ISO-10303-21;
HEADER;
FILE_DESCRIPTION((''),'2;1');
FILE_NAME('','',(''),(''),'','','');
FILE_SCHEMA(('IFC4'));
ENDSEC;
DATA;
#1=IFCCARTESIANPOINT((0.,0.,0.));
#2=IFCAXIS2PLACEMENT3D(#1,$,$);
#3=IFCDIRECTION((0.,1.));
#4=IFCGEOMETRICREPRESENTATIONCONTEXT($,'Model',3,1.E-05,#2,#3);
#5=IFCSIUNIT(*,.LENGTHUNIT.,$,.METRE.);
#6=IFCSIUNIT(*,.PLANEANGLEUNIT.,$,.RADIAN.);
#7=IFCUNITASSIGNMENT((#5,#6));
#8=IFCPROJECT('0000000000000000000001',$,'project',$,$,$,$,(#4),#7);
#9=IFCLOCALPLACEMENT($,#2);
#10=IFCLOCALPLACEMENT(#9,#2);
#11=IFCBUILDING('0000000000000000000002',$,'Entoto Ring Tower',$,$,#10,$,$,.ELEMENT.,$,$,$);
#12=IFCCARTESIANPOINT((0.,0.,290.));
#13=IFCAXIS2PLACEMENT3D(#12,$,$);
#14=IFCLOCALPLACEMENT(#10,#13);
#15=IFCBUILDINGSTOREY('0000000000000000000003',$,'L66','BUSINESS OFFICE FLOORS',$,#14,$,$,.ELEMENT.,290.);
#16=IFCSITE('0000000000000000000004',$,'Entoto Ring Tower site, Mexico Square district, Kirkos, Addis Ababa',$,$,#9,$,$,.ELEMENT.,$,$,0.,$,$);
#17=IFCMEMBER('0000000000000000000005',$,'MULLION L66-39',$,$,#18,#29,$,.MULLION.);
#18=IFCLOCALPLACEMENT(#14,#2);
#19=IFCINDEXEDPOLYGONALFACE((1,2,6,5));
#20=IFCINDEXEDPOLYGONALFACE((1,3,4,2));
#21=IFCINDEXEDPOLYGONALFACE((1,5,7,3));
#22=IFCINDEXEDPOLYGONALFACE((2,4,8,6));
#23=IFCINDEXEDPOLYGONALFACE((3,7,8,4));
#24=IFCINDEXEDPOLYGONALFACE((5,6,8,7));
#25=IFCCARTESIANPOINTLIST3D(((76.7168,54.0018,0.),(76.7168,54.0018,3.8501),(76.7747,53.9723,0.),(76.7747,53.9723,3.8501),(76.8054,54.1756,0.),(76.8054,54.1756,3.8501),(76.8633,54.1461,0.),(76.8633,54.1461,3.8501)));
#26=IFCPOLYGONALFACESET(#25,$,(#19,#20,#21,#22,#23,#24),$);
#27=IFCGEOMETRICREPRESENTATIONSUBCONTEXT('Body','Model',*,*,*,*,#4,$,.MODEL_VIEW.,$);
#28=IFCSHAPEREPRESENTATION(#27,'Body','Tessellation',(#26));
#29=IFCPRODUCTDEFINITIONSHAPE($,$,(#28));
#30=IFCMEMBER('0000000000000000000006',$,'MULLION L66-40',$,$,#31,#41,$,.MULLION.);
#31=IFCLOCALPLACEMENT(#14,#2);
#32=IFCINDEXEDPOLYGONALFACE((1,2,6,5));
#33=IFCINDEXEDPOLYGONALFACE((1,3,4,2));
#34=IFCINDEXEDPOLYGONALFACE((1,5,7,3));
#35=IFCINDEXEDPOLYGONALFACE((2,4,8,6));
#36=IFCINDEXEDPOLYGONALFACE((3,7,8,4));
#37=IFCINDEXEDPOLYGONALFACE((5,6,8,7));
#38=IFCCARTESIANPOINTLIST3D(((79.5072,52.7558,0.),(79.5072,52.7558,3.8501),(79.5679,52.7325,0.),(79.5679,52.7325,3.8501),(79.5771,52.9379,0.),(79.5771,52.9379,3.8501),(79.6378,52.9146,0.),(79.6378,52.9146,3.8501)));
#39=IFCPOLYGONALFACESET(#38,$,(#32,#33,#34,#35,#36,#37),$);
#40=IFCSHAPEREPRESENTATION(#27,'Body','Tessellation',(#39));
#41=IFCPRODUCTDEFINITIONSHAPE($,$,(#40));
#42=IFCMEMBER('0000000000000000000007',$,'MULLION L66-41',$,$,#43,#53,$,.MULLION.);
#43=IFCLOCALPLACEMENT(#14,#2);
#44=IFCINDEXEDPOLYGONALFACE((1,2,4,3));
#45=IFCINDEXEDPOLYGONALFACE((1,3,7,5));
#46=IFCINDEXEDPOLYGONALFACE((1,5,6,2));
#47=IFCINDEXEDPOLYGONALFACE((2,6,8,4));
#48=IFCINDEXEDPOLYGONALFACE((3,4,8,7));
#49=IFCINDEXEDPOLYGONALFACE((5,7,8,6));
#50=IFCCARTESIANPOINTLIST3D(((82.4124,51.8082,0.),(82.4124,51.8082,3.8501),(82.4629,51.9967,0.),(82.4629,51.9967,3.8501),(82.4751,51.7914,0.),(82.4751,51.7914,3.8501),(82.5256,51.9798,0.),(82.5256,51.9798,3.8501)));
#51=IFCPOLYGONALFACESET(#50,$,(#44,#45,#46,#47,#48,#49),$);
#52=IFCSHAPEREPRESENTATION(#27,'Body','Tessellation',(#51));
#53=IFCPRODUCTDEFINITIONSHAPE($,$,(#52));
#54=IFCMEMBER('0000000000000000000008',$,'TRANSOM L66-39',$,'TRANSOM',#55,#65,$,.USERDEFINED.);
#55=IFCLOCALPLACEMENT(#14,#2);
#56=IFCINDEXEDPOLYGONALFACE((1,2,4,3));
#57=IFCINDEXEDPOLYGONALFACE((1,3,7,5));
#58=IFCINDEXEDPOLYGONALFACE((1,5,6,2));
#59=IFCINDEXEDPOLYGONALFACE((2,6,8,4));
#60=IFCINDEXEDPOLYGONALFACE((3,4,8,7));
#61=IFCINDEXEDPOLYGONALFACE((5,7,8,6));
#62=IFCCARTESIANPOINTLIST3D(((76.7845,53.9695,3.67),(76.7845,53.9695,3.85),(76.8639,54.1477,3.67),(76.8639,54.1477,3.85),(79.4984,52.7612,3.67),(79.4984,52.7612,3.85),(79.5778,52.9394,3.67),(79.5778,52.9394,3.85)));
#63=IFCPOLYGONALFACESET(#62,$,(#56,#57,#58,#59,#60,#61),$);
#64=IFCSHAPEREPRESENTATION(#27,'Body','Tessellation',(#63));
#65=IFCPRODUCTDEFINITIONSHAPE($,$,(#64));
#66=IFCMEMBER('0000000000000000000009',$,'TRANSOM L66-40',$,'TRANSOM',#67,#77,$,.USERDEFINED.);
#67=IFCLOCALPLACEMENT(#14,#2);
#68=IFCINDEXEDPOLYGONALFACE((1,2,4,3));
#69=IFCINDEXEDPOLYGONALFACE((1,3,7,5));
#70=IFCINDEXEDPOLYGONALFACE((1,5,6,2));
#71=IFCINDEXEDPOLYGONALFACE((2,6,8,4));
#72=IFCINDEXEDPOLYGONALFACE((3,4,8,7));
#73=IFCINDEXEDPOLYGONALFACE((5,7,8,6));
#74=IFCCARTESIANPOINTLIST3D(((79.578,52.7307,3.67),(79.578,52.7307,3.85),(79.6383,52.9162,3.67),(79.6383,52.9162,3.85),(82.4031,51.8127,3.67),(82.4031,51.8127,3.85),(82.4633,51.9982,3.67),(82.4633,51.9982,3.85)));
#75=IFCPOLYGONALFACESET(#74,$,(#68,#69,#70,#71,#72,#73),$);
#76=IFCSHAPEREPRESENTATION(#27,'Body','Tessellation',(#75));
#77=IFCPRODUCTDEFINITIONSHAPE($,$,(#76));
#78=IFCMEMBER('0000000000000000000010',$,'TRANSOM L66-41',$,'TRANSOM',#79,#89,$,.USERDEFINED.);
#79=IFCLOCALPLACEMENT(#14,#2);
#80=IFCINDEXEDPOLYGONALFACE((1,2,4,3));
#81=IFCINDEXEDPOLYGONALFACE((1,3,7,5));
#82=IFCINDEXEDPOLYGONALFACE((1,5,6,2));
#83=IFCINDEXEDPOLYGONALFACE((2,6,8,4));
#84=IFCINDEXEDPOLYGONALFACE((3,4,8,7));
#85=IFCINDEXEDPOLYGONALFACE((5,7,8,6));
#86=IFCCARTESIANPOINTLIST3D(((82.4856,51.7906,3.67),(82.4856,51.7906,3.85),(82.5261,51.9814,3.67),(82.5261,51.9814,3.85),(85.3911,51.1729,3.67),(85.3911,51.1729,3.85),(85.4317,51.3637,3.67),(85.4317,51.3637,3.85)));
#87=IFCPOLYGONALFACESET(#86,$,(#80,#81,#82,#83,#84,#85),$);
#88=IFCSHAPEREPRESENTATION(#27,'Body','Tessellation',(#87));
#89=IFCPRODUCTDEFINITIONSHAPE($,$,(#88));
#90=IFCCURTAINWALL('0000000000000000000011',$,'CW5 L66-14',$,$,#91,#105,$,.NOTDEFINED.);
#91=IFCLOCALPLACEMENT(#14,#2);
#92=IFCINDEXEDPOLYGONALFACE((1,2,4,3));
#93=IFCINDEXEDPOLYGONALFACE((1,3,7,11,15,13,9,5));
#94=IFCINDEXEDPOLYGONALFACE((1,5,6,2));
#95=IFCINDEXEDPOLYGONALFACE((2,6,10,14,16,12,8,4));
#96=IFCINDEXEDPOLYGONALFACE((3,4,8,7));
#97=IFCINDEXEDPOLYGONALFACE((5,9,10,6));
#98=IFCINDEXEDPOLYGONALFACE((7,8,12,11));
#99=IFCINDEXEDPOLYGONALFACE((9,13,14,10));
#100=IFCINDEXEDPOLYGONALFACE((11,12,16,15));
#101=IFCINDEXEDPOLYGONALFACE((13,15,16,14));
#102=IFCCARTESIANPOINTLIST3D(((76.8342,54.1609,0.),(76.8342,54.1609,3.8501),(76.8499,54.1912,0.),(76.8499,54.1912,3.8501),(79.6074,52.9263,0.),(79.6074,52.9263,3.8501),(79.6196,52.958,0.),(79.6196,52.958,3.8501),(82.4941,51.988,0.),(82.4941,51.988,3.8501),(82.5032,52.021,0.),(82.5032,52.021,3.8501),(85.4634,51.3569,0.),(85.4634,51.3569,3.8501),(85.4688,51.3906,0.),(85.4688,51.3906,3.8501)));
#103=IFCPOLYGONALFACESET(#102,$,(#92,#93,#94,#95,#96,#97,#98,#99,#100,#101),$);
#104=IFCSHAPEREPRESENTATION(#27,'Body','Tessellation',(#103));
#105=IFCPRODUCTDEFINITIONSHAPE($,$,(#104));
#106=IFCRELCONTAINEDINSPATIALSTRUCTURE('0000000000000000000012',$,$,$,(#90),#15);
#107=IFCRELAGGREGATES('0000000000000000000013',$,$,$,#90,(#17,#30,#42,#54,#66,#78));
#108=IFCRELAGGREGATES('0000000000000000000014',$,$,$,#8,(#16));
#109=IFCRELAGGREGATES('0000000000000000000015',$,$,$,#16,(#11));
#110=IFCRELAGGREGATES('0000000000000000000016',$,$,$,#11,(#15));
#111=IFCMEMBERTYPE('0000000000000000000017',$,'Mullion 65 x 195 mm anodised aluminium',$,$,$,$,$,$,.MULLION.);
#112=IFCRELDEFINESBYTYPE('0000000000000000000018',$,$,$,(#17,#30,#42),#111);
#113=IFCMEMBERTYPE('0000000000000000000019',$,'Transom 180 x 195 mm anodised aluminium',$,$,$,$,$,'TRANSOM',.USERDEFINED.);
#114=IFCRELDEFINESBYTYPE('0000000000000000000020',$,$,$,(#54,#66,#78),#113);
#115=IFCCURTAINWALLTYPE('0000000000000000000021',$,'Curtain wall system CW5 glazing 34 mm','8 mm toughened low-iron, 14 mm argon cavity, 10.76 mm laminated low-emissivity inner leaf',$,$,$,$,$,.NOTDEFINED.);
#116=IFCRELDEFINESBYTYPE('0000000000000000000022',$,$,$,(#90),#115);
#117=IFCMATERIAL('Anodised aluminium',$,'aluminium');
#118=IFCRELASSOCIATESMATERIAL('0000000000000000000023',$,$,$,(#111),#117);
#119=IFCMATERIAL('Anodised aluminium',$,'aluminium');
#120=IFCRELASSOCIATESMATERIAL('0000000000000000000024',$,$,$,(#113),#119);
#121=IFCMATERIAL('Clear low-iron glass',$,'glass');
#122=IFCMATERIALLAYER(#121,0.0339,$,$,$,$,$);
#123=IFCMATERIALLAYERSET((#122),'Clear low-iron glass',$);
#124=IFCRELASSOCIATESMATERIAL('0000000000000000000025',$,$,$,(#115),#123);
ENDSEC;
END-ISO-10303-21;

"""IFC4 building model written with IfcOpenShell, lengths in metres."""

from ifc_helpers import new_model, si_unit, direction, frame, origin, origin_2d, place, context, subcontext, project, spatial, polyline, rectangle, outline, extrude, material, layer, layer_set, material_profile, profile_set, type_object, element, aggregate, save


model = new_model("IFC4")

# Units and contexts
model_context = context("Model", 3, precision=1e-05, world=origin(), true_north=direction((0.0, 1.0)))
body_context = subcontext(model_context, "Body", "Model", "MODEL_VIEW")
ifc_project = project(units=[si_unit("LENGTHUNIT", "METRE"), si_unit("PLANEANGLEUNIT", "RADIAN")], contexts=[model_context])

# Members
ifc_material_1 = material(Name="Anodised aluminium", Category="aluminium")
ifc_material_profile_1 = material_profile(ifc_material_1, rectangle(XDim=0.0649, YDim=0.1951, at=origin_2d()), Name="Mullion 65 x 195 mm anodised aluminium")
ifc_profile_set_1 = profile_set([ifc_material_profile_1], Name="Anodised aluminium")
member_type_1 = type_object("IfcMemberType", Name="Mullion 65 x 195 mm anodised aluminium", PredefinedType="MULLION", material=ifc_profile_set_1)
site_placement = place(None, origin())
building_placement = place(site_placement, origin())
storey_placement = place(building_placement, frame((0.0, 0.0, 290.0)))
member_1_placement = place(storey_placement, frame((76.79, 54.074, 0.0), z_axis=(0.0, 0.0, 1.0), x_axis=(0.891007, -0.45399, 0.0)))
member_1 = element("IfcMember", 1, at=member_1_placement, type_object=member_type_1, Name="MULLION L66-39", PredefinedType="MULLION", context=body_context, shape_type="SweptSolid", body=[
    extrude(rectangle(XDim=0.0649, YDim=0.1951, at=origin_2d()), origin(), (0.0, 0.0, 1.0), 3.8501),
])
member_2_placement = place(storey_placement, frame((79.5725, 52.8352, 0.0), z_axis=(0.0, 0.0, 1.0), x_axis=(0.93358, -0.358368, 0.0)))
member_2 = element("IfcMember", 2, at=member_2_placement, type_object=member_type_1, Name="MULLION L66-40", PredefinedType="MULLION", context=body_context, shape_type="SweptSolid", body=[
    extrude(rectangle(XDim=0.0649, YDim=0.1951, at=origin_2d()), origin(), (0.0, 0.0, 1.0), 3.8501),
])
member_3_placement = place(storey_placement, frame((82.469, 51.894, 0.0), z_axis=(0.0, 0.0, 1.0), x_axis=(0.965926, -0.258819, 0.0)))
member_3 = element("IfcMember", 3, at=member_3_placement, type_object=member_type_1, Name="MULLION L66-41", PredefinedType="MULLION", context=body_context, shape_type="SweptSolid", body=[
    extrude(rectangle(XDim=0.0649, YDim=0.1951, at=origin_2d()), origin(), (0.0, 0.0, 1.0), 3.8501),
])
ifc_material_2 = material(Name="Anodised aluminium", Category="aluminium")
ifc_material_profile_2 = material_profile(ifc_material_2, rectangle(XDim=0.1951, YDim=0.1799, at=origin_2d()), Name="Transom 180 x 195 mm anodised aluminium")
ifc_profile_set_2 = profile_set([ifc_material_profile_2], Name="Anodised aluminium")
member_type_2 = type_object("IfcMemberType", Name="Transom 180 x 195 mm anodised aluminium", ElementType="TRANSOM", PredefinedType="USERDEFINED", material=ifc_profile_set_2)
member_4_placement = place(storey_placement, frame((76.8242, 54.0586, 3.76), z_axis=(0.91355, -0.406726, 0.0), x_axis=(0.406726, 0.91355, 0.0)))
member_4 = element("IfcMember", 4, at=member_4_placement, type_object=member_type_2, Name="TRANSOM L66-39", ObjectType="TRANSOM", PredefinedType="USERDEFINED", context=body_context, shape_type="SweptSolid", body=[
    extrude(rectangle(XDim=0.1951, YDim=0.1799, at=origin_2d()), origin(), (0.0, 0.0, 1.0), 2.9707),
])
member_5_placement = place(storey_placement, frame((79.6082, 52.8235, 3.76), z_axis=(0.951048, -0.309043, 0.0), x_axis=(0.309043, 0.951048, 0.0)))
member_5 = element("IfcMember", 5, at=member_5_placement, type_object=member_type_2, Name="TRANSOM L66-40", ObjectType="TRANSOM", PredefinedType="USERDEFINED", context=body_context, shape_type="SweptSolid", body=[
    extrude(rectangle(XDim=0.1951, YDim=0.1799, at=origin_2d()), origin(), (0.0, 0.0, 1.0), 2.9705),
])
member_6_placement = place(storey_placement, frame((82.5059, 51.886, 3.76), z_axis=(0.978142, -0.20794, 0.0), x_axis=(0.20794, 0.978142, 0.0)))
member_6 = element("IfcMember", 6, at=member_6_placement, type_object=member_type_2, Name="TRANSOM L66-41", ObjectType="TRANSOM", PredefinedType="USERDEFINED", context=body_context, shape_type="SweptSolid", body=[
    extrude(rectangle(XDim=0.1951, YDim=0.1799, at=origin_2d()), origin(), (0.0, 0.0, 1.0), 2.9705),
])

# Site, building, storey
site = spatial("IfcSite", under=ifc_project, at=site_placement, Name="Entoto Ring Tower site, Mexico Square district, Kirkos, Addis Ababa", CompositionType="ELEMENT", RefElevation=0.0)
building = spatial("IfcBuilding", under=site, at=building_placement, Name="Entoto Ring Tower", CompositionType="ELEMENT")
storey = spatial("IfcBuildingStorey", under=building, at=storey_placement, Name="L66", Description="BUSINESS OFFICE FLOORS", CompositionType="ELEMENT", Elevation=290.0)

# Curtain wall
ifc_material_3 = material(Name="Clear low-iron glass", Category="glass")
ifc_layer = layer(ifc_material_3, 0.0339)
ifc_layer_set = layer_set([ifc_layer], Name="Clear low-iron glass")
curtain_wall_type = type_object("IfcCurtainWallType", Name="Curtain wall system CW5 glazing 34 mm", Description="8 mm toughened low-iron, 14 mm argon cavity, 10.76 mm laminated low-emissivity inner leaf", PredefinedType="NOTDEFINED", material=ifc_layer_set)
curtain_wall_1_placement = place(storey_placement, origin())
curtain_wall_1 = element("IfcCurtainWall", 7, at=curtain_wall_1_placement, inside=storey, type_object=curtain_wall_type, Name="CW5 L66-14", PredefinedType="NOTDEFINED", context=body_context, shape_type="SweptSolid", body=[
    extrude(outline(polyline([(76.8342, 54.1609), (79.6074, 52.9263), (82.4941, 51.988), (85.4634, 51.3569), (85.4688, 51.3906), (82.5032, 52.021), (79.6196, 52.958), (76.8499, 54.1912), (76.8342, 54.1609)])), origin(), (0.0, 0.0, 1.0), 3.8501),
])
aggregate(curtain_wall_1, [member_1, member_2, member_3, member_4, member_5, member_6])

save(model, "model.ifc")
